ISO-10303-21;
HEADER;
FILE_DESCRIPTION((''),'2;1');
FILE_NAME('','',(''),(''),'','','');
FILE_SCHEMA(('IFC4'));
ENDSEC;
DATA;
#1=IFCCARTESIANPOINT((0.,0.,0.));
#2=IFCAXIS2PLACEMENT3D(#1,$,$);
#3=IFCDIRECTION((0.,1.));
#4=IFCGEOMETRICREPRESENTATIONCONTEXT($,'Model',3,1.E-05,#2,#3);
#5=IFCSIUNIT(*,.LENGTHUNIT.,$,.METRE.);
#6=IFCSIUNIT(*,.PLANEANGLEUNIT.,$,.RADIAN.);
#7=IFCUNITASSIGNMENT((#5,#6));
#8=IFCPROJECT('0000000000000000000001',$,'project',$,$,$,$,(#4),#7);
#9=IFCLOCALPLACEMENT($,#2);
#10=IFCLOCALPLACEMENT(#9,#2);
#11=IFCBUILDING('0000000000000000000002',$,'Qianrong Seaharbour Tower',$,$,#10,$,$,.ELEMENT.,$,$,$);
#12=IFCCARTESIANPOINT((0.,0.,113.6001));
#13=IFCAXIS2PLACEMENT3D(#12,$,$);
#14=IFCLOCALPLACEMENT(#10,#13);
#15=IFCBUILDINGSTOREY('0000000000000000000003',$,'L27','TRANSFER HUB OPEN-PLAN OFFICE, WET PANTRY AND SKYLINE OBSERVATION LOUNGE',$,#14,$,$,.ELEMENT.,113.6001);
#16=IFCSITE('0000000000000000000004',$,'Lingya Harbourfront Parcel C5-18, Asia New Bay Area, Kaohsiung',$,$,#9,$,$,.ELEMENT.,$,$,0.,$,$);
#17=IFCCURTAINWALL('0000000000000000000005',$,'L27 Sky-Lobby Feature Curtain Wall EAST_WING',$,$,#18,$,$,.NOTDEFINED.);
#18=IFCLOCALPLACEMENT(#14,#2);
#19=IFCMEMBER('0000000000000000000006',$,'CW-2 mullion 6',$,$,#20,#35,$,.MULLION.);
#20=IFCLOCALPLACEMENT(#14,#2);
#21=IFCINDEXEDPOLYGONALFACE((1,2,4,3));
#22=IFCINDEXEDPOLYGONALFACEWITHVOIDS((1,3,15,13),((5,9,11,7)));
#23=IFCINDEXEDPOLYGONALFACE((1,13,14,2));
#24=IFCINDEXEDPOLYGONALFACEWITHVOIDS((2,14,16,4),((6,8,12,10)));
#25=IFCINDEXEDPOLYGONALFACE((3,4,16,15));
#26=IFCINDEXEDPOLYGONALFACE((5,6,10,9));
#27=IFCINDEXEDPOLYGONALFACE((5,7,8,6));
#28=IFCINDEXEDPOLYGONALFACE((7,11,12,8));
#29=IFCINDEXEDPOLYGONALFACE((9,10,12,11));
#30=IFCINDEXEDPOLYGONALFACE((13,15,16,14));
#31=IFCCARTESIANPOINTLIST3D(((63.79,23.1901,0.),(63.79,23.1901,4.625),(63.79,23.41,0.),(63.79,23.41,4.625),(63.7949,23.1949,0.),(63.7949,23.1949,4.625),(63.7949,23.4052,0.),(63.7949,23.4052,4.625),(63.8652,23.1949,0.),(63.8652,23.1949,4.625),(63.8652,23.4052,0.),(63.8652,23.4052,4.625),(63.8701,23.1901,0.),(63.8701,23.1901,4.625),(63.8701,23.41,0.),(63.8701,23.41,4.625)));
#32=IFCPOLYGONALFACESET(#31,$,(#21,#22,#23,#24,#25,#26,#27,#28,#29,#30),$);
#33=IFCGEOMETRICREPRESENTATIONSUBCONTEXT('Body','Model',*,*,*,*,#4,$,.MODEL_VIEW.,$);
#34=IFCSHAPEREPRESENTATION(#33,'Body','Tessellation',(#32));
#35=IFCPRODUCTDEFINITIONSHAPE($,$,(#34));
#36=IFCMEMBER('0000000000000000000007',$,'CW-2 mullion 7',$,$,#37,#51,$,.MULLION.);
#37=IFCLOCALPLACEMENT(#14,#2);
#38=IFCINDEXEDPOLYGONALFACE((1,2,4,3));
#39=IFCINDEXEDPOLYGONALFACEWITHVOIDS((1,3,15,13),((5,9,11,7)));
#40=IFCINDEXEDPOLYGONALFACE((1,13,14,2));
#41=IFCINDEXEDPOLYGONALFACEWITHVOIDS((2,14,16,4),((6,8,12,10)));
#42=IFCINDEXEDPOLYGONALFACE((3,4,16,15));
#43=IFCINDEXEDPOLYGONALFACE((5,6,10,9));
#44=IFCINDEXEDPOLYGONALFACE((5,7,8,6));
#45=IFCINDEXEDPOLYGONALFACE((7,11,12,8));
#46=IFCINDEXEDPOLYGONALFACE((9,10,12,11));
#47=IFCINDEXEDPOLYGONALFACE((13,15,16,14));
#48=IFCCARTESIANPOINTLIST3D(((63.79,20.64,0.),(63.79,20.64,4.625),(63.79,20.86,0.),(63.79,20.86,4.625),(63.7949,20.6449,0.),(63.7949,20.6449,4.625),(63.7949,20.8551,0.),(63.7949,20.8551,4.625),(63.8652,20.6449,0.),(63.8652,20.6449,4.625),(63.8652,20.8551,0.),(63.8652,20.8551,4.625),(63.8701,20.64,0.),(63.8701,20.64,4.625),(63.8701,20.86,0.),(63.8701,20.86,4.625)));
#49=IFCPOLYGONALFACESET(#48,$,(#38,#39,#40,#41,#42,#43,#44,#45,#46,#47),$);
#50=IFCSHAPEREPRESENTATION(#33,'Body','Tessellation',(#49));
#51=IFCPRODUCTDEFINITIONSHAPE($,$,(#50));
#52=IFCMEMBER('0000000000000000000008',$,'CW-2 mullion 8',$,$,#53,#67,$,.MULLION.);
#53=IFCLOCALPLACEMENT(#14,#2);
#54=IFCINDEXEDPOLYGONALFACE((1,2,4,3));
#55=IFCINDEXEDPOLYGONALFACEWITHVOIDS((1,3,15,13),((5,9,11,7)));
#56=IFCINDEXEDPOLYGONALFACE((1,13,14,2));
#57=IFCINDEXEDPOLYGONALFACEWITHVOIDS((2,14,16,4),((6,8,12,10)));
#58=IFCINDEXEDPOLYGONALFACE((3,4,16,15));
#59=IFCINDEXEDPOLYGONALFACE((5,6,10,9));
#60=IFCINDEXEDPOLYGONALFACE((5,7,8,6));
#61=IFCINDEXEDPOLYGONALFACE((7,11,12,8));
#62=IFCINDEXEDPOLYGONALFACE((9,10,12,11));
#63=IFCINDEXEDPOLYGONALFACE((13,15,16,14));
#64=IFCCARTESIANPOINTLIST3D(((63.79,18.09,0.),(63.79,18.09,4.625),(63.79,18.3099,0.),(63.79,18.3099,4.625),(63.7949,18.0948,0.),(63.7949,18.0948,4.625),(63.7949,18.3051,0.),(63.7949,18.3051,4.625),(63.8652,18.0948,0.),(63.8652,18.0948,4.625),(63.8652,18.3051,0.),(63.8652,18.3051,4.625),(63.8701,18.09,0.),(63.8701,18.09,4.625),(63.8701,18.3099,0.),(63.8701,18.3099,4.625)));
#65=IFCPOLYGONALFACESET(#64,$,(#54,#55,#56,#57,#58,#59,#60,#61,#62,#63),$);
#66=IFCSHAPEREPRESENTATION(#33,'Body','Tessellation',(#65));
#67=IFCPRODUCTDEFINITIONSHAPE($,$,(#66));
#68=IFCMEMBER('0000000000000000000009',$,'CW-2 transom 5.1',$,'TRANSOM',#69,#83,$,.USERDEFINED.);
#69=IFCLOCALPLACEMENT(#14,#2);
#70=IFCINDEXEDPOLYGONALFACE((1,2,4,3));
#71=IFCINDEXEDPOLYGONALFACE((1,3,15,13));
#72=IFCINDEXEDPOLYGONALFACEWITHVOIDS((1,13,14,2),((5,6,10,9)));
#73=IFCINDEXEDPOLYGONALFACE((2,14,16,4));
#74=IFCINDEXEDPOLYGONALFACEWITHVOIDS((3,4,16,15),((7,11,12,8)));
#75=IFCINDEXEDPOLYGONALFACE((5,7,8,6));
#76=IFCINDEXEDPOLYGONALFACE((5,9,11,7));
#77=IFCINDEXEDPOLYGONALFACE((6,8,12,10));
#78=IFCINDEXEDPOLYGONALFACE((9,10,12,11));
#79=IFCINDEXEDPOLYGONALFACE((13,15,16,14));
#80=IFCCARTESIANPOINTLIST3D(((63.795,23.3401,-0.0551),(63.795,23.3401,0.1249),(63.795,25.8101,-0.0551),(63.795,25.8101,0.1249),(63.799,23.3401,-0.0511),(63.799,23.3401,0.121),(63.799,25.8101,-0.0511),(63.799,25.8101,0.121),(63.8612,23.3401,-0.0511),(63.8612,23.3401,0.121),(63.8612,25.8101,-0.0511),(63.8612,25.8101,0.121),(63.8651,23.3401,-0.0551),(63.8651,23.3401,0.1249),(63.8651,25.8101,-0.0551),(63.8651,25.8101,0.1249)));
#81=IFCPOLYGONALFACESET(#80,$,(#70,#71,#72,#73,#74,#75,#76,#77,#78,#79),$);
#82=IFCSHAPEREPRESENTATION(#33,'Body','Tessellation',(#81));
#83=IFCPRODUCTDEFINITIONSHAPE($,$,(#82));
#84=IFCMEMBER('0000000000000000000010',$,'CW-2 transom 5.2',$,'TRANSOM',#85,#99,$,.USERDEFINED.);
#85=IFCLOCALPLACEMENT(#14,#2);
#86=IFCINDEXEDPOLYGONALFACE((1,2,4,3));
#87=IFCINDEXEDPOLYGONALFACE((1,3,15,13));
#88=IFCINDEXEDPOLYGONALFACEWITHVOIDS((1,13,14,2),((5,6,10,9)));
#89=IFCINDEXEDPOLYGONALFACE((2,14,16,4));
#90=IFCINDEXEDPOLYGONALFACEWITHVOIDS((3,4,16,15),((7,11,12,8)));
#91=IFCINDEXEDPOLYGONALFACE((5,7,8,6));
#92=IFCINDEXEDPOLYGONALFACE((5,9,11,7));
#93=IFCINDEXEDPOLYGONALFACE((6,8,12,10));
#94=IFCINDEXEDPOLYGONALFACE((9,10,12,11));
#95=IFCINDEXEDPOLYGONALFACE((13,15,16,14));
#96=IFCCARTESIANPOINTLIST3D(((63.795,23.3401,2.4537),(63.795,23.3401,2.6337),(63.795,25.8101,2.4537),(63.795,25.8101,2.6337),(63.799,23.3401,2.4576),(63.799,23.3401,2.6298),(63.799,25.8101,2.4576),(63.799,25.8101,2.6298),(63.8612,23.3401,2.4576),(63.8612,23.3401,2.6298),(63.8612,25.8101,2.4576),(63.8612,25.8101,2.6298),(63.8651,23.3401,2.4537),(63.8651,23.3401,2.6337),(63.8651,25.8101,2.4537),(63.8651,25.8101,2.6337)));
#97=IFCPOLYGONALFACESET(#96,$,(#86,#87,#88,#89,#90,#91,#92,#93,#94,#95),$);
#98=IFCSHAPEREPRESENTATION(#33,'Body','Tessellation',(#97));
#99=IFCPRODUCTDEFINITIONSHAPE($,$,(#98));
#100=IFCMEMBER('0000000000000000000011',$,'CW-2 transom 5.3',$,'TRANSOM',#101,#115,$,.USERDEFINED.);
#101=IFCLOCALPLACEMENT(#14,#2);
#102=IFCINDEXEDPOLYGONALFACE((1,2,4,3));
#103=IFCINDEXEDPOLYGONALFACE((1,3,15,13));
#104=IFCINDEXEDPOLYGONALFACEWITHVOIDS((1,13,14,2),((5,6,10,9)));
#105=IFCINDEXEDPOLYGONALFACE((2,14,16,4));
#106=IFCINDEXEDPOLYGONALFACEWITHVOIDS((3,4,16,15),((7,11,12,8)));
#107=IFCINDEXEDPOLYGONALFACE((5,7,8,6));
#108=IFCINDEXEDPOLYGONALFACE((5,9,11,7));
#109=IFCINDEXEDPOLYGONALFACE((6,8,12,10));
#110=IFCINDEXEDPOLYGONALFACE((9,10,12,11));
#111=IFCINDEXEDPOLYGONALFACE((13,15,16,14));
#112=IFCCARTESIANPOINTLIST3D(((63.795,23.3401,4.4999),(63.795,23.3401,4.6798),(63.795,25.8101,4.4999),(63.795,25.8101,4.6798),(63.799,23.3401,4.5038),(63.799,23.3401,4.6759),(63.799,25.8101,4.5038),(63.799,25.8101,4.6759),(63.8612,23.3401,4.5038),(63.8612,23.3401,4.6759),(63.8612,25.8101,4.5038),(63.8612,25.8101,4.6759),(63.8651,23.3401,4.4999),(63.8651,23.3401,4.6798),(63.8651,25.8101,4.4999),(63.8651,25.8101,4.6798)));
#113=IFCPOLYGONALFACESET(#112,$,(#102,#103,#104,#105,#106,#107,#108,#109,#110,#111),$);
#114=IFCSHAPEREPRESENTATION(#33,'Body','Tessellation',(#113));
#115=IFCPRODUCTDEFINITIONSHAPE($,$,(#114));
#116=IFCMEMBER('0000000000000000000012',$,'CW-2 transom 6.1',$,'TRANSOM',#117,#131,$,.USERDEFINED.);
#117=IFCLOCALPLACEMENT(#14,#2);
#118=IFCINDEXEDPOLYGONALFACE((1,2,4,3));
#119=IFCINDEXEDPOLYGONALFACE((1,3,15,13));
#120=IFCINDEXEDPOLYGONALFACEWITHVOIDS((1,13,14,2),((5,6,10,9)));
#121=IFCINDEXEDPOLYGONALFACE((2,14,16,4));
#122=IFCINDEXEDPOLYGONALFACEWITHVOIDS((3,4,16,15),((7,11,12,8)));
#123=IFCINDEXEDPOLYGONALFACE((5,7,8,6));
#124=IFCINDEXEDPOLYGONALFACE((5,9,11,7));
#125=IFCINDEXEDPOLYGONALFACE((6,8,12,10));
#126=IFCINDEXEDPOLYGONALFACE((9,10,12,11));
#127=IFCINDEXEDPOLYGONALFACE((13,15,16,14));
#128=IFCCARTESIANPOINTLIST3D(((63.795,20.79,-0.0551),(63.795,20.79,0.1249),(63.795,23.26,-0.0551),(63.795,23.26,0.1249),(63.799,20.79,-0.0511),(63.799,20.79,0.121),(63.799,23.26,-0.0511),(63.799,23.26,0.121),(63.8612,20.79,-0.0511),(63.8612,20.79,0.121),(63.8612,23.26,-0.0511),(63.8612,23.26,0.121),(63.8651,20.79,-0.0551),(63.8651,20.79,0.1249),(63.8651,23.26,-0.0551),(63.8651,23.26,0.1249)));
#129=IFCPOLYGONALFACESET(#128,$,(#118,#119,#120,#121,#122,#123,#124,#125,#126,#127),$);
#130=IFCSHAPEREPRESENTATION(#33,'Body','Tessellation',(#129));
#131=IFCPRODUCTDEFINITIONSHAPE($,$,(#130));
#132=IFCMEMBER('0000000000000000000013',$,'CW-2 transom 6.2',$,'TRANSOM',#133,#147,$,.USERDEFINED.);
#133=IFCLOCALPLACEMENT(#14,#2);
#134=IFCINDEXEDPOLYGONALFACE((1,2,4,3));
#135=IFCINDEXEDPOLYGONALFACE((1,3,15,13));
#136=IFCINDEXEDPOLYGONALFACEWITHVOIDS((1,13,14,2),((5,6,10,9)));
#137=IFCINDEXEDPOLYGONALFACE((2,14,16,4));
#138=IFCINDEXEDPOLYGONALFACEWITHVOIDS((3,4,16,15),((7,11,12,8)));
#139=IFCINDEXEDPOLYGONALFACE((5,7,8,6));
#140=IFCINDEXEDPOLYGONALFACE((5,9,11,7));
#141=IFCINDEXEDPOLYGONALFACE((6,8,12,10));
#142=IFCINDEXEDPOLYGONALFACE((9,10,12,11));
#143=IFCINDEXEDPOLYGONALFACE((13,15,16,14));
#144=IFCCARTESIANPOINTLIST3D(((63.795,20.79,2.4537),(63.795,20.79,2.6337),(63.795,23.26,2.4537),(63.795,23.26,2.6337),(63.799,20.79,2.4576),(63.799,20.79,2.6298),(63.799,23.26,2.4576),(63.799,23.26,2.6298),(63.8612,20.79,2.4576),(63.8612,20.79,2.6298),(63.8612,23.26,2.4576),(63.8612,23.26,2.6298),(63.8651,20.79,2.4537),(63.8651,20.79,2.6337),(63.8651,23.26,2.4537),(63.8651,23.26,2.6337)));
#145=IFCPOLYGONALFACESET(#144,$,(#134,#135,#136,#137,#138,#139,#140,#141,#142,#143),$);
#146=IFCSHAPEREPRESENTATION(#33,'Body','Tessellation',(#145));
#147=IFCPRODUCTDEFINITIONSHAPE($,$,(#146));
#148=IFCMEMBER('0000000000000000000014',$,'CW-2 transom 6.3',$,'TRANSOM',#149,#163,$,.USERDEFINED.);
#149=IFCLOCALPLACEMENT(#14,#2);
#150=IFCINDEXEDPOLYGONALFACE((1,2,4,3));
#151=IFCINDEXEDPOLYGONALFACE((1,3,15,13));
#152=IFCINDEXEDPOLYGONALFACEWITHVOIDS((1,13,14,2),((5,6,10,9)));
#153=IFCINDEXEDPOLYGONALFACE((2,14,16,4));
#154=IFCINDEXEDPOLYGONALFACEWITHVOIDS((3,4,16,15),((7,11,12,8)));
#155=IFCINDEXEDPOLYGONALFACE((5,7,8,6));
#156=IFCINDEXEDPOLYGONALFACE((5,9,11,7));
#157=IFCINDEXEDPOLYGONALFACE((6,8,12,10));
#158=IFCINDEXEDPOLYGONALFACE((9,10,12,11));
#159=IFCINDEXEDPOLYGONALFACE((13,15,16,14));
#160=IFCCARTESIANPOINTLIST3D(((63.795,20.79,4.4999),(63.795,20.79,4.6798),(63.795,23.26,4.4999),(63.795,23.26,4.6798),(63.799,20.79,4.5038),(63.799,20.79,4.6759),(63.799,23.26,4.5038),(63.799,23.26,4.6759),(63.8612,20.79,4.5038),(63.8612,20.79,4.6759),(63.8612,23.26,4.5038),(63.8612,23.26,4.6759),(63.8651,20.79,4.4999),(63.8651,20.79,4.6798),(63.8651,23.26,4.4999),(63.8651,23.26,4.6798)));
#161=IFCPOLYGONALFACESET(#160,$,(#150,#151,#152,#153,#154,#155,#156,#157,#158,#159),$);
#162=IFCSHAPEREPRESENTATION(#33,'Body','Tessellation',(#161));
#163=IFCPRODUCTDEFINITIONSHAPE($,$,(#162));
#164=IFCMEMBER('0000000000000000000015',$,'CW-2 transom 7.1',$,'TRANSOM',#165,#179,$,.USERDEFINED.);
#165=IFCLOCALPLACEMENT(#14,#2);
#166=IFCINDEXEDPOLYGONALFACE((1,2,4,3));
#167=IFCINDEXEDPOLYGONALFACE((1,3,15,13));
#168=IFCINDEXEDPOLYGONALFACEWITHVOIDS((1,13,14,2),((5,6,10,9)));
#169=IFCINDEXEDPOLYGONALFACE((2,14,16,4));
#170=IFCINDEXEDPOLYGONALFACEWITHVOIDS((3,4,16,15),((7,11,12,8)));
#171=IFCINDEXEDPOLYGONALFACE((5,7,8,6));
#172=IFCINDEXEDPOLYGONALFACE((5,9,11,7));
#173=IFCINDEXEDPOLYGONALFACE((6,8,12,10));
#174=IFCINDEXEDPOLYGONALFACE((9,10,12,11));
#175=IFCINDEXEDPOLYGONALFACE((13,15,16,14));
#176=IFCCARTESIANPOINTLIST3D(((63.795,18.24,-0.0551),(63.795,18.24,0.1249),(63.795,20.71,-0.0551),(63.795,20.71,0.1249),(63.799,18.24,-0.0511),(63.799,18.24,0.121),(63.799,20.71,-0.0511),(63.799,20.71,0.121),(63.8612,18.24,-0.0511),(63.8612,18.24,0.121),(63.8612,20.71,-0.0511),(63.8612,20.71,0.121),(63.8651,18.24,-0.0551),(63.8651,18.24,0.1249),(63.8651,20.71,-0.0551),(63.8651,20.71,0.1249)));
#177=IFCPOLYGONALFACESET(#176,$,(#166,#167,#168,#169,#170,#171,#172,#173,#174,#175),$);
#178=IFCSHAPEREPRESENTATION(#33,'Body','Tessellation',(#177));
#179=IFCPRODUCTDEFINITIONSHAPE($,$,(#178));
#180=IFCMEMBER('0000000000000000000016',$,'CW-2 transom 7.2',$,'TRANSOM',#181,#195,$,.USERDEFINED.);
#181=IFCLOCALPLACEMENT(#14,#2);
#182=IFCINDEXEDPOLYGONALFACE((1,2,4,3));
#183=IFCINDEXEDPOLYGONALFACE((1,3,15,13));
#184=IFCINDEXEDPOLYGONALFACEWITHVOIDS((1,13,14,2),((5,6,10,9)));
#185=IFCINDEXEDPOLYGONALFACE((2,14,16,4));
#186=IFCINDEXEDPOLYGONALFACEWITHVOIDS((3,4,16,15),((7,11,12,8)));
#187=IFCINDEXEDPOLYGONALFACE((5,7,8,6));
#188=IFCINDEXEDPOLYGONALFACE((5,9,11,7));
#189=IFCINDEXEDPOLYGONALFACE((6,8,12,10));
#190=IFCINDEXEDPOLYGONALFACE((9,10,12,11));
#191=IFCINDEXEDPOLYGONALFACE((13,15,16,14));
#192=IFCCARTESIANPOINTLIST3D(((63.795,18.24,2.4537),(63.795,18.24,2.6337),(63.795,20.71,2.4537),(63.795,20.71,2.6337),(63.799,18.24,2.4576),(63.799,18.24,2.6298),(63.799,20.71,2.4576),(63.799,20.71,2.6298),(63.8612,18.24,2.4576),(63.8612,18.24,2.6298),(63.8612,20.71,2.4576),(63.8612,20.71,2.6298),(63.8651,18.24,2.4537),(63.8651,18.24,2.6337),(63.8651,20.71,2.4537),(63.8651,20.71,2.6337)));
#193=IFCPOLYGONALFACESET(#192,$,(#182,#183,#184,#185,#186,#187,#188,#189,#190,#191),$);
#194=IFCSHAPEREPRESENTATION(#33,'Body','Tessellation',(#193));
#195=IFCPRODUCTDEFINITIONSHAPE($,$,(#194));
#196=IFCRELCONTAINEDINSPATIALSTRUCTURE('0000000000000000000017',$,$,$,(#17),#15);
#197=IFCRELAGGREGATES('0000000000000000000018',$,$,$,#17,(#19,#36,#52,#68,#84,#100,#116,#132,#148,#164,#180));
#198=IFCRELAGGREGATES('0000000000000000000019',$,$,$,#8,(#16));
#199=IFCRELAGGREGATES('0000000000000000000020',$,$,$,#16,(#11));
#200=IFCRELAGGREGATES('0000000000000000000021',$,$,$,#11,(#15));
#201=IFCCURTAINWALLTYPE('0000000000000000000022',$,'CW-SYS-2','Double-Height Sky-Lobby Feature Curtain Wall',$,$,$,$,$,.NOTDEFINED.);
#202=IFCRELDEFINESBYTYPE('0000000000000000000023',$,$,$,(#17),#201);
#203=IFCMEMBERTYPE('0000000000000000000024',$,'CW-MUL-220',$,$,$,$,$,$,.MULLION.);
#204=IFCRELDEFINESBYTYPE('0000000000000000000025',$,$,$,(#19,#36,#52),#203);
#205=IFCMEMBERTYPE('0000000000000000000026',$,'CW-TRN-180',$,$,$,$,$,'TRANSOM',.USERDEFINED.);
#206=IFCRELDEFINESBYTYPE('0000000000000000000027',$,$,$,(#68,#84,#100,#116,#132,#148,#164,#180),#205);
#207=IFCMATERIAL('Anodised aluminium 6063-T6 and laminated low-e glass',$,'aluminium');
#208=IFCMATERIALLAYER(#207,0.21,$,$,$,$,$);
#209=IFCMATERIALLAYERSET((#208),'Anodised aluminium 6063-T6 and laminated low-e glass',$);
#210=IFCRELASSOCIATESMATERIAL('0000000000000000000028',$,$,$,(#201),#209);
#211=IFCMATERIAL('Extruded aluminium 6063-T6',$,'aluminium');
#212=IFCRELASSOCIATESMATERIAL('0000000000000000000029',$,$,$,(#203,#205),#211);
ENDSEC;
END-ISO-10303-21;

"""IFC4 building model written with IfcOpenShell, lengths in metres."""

from ifc_helpers import new_model, si_unit, direction, frame, origin, origin_2d, place, context, subcontext, project, spatial, hollow_rectangle, extrude, material, layer, layer_set, material_profile, profile_set, type_object, element, aggregate, save


model = new_model("IFC4")

# Units and contexts
model_context = context("Model", 3, precision=1e-05, world=origin(), true_north=direction((0.0, 1.0)))
body_context = subcontext(model_context, "Body", "Model", "MODEL_VIEW")
ifc_project = project(units=[si_unit("LENGTHUNIT", "METRE"), si_unit("PLANEANGLEUNIT", "RADIAN")], contexts=[model_context])

# Site, building, storey
site_placement = place(None, origin())
site = spatial("IfcSite", under=ifc_project, at=site_placement, Name="Lingya Harbourfront Parcel C5-18, Asia New Bay Area, Kaohsiung", CompositionType="ELEMENT", RefElevation=0.0)
building_placement = place(site_placement, origin())
building = spatial("IfcBuilding", under=site, at=building_placement, Name="Qianrong Seaharbour Tower", CompositionType="ELEMENT")
storey_placement = place(building_placement, frame((0.0, 0.0, 113.6001)))
storey = spatial("IfcBuildingStorey", under=building, at=storey_placement, Name="L27", Description="TRANSFER HUB OPEN-PLAN OFFICE, WET PANTRY AND SKYLINE OBSERVATION LOUNGE", CompositionType="ELEMENT", Elevation=113.6001)

# Curtain wall, members
ifc_material_1 = material(Name="Anodised aluminium 6063-T6 and laminated low-e glass", Category="aluminium")
ifc_layer_1 = layer(ifc_material_1, 0.21)
ifc_layer_set_1 = layer_set([ifc_layer_1], Name="Anodised aluminium 6063-T6 and laminated low-e glass")
curtain_wall_type = type_object("IfcCurtainWallType", Name="CW-SYS-2", Description="Double-Height Sky-Lobby Feature Curtain Wall", PredefinedType="NOTDEFINED", material=ifc_layer_set_1)
curtain_wall_placement = place(storey_placement, origin())
curtain_wall = element("IfcCurtainWall", 1, at=curtain_wall_placement, inside=storey, type_object=curtain_wall_type, Name="L27 Sky-Lobby Feature Curtain Wall EAST_WING", PredefinedType="NOTDEFINED")
ifc_material_2 = material(Name="Extruded aluminium 6063-T6", Category="aluminium")
ifc_material_profile_1 = material_profile(ifc_material_2, hollow_rectangle(XDim=0.0801, YDim=0.22, WallThickness=0.0049, at=origin_2d()), Name="ALU-MUL-220x80x5")
ifc_profile_set_1 = profile_set([ifc_material_profile_1], Name="Extruded aluminium 6063-T6")
member_type_1 = type_object("IfcMemberType", Name="CW-MUL-220", PredefinedType="MULLION", material=ifc_profile_set_1)
member_1_placement = place(storey_placement, frame((63.8301, 23.3, 0.0), z_axis=(0.0, 0.0, 1.0), x_axis=(1.0, 0.0, 0.0)))
member_1 = element("IfcMember", 2, at=member_1_placement, type_object=member_type_1, Name="CW-2 mullion 6", PredefinedType="MULLION", context=body_context, shape_type="SweptSolid", body=[
    extrude(hollow_rectangle(XDim=0.0801, YDim=0.22, WallThickness=0.0049, at=origin_2d()), origin(), (0.0, 0.0, 1.0), 4.625),
])
member_2_placement = place(storey_placement, frame((63.8301, 20.75, 0.0), z_axis=(0.0, 0.0, 1.0), x_axis=(1.0, 0.0, 0.0)))
member_2 = element("IfcMember", 3, at=member_2_placement, type_object=member_type_1, Name="CW-2 mullion 7", PredefinedType="MULLION", context=body_context, shape_type="SweptSolid", body=[
    extrude(hollow_rectangle(XDim=0.0801, YDim=0.22, WallThickness=0.0049, at=origin_2d()), origin(), (0.0, 0.0, 1.0), 4.625),
])
member_3_placement = place(storey_placement, frame((63.8301, 18.2, 0.0), z_axis=(0.0, 0.0, 1.0), x_axis=(1.0, 0.0, 0.0)))
member_3 = element("IfcMember", 4, at=member_3_placement, type_object=member_type_1, Name="CW-2 mullion 8", PredefinedType="MULLION", context=body_context, shape_type="SweptSolid", body=[
    extrude(hollow_rectangle(XDim=0.0801, YDim=0.22, WallThickness=0.0049, at=origin_2d()), origin(), (0.0, 0.0, 1.0), 4.625),
])
ifc_material_profile_2 = material_profile(ifc_material_2, hollow_rectangle(XDim=0.0701, YDim=0.1799, WallThickness=0.0039, at=origin_2d()), Name="ALU-TRN-180x70x4")
ifc_profile_set_2 = profile_set([ifc_material_profile_2], Name="Extruded aluminium 6063-T6")
member_type_2 = type_object("IfcMemberType", Name="CW-TRN-180", ElementType="TRANSOM", PredefinedType="USERDEFINED", material=ifc_profile_set_2)
member_4_placement = place(storey_placement, frame((63.8301, 25.8101, 0.0349), z_axis=(0.0, -1.0, 0.0), x_axis=(1.0, 0.0, 0.0)))
member_4 = element("IfcMember", 5, at=member_4_placement, type_object=member_type_2, Name="CW-2 transom 5.1", ObjectType="TRANSOM", PredefinedType="USERDEFINED", context=body_context, shape_type="SweptSolid", body=[
    extrude(hollow_rectangle(XDim=0.0701, YDim=0.1799, WallThickness=0.0039, at=origin_2d()), origin(), (0.0, 0.0, 1.0), 2.47),
])
member_5_placement = place(storey_placement, frame((63.8301, 25.8101, 2.5437), z_axis=(0.0, -1.0, 0.0), x_axis=(1.0, 0.0, 0.0)))
member_5 = element("IfcMember", 6, at=member_5_placement, type_object=member_type_2, Name="CW-2 transom 5.2", ObjectType="TRANSOM", PredefinedType="USERDEFINED", context=body_context, shape_type="SweptSolid", body=[
    extrude(hollow_rectangle(XDim=0.0701, YDim=0.1799, WallThickness=0.0039, at=origin_2d()), origin(), (0.0, 0.0, 1.0), 2.47),
])
member_6_placement = place(storey_placement, frame((63.8301, 25.8101, 4.5898), z_axis=(0.0, -1.0, 0.0), x_axis=(1.0, 0.0, 0.0)))
member_6 = element("IfcMember", 7, at=member_6_placement, type_object=member_type_2, Name="CW-2 transom 5.3", ObjectType="TRANSOM", PredefinedType="USERDEFINED", context=body_context, shape_type="SweptSolid", body=[
    extrude(hollow_rectangle(XDim=0.0701, YDim=0.1799, WallThickness=0.0039, at=origin_2d()), origin(), (0.0, 0.0, 1.0), 2.47),
])
member_7_placement = place(storey_placement, frame((63.8301, 23.26, 0.0349), z_axis=(0.0, -1.0, 0.0), x_axis=(1.0, 0.0, 0.0)))
member_7 = element("IfcMember", 8, at=member_7_placement, type_object=member_type_2, Name="CW-2 transom 6.1", ObjectType="TRANSOM", PredefinedType="USERDEFINED", context=body_context, shape_type="SweptSolid", body=[
    extrude(hollow_rectangle(XDim=0.0701, YDim=0.1799, WallThickness=0.0039, at=origin_2d()), origin(), (0.0, 0.0, 1.0), 2.47),
])
member_8_placement = place(storey_placement, frame((63.8301, 23.26, 2.5437), z_axis=(0.0, -1.0, 0.0), x_axis=(1.0, 0.0, 0.0)))
member_8 = element("IfcMember", 9, at=member_8_placement, type_object=member_type_2, Name="CW-2 transom 6.2", ObjectType="TRANSOM", PredefinedType="USERDEFINED", context=body_context, shape_type="SweptSolid", body=[
    extrude(hollow_rectangle(XDim=0.0701, YDim=0.1799, WallThickness=0.0039, at=origin_2d()), origin(), (0.0, 0.0, 1.0), 2.47),
])
member_9_placement = place(storey_placement, frame((63.8301, 23.26, 4.5898), z_axis=(0.0, -1.0, 0.0), x_axis=(1.0, 0.0, 0.0)))
member_9 = element("IfcMember", 10, at=member_9_placement, type_object=member_type_2, Name="CW-2 transom 6.3", ObjectType="TRANSOM", PredefinedType="USERDEFINED", context=body_context, shape_type="SweptSolid", body=[
    extrude(hollow_rectangle(XDim=0.0701, YDim=0.1799, WallThickness=0.0039, at=origin_2d()), origin(), (0.0, 0.0, 1.0), 2.47),
])
member_10_placement = place(storey_placement, frame((63.8301, 20.71, 0.0349), z_axis=(0.0, -1.0, 0.0), x_axis=(1.0, 0.0, 0.0)))
member_10 = element("IfcMember", 11, at=member_10_placement, type_object=member_type_2, Name="CW-2 transom 7.1", ObjectType="TRANSOM", PredefinedType="USERDEFINED", context=body_context, shape_type="SweptSolid", body=[
    extrude(hollow_rectangle(XDim=0.0701, YDim=0.1799, WallThickness=0.0039, at=origin_2d()), origin(), (0.0, 0.0, 1.0), 2.47),
])
member_11_placement = place(storey_placement, frame((63.8301, 20.71, 2.5437), z_axis=(0.0, -1.0, 0.0), x_axis=(1.0, 0.0, 0.0)))
member_11 = element("IfcMember", 12, at=member_11_placement, type_object=member_type_2, Name="CW-2 transom 7.2", ObjectType="TRANSOM", PredefinedType="USERDEFINED", context=body_context, shape_type="SweptSolid", body=[
    extrude(hollow_rectangle(XDim=0.0701, YDim=0.1799, WallThickness=0.0039, at=origin_2d()), origin(), (0.0, 0.0, 1.0), 2.47),
])
aggregate(curtain_wall, [member_1, member_2, member_3, member_4, member_5, member_6, member_7, member_8, member_9, member_10, member_11])

save(model, "model.ifc")
